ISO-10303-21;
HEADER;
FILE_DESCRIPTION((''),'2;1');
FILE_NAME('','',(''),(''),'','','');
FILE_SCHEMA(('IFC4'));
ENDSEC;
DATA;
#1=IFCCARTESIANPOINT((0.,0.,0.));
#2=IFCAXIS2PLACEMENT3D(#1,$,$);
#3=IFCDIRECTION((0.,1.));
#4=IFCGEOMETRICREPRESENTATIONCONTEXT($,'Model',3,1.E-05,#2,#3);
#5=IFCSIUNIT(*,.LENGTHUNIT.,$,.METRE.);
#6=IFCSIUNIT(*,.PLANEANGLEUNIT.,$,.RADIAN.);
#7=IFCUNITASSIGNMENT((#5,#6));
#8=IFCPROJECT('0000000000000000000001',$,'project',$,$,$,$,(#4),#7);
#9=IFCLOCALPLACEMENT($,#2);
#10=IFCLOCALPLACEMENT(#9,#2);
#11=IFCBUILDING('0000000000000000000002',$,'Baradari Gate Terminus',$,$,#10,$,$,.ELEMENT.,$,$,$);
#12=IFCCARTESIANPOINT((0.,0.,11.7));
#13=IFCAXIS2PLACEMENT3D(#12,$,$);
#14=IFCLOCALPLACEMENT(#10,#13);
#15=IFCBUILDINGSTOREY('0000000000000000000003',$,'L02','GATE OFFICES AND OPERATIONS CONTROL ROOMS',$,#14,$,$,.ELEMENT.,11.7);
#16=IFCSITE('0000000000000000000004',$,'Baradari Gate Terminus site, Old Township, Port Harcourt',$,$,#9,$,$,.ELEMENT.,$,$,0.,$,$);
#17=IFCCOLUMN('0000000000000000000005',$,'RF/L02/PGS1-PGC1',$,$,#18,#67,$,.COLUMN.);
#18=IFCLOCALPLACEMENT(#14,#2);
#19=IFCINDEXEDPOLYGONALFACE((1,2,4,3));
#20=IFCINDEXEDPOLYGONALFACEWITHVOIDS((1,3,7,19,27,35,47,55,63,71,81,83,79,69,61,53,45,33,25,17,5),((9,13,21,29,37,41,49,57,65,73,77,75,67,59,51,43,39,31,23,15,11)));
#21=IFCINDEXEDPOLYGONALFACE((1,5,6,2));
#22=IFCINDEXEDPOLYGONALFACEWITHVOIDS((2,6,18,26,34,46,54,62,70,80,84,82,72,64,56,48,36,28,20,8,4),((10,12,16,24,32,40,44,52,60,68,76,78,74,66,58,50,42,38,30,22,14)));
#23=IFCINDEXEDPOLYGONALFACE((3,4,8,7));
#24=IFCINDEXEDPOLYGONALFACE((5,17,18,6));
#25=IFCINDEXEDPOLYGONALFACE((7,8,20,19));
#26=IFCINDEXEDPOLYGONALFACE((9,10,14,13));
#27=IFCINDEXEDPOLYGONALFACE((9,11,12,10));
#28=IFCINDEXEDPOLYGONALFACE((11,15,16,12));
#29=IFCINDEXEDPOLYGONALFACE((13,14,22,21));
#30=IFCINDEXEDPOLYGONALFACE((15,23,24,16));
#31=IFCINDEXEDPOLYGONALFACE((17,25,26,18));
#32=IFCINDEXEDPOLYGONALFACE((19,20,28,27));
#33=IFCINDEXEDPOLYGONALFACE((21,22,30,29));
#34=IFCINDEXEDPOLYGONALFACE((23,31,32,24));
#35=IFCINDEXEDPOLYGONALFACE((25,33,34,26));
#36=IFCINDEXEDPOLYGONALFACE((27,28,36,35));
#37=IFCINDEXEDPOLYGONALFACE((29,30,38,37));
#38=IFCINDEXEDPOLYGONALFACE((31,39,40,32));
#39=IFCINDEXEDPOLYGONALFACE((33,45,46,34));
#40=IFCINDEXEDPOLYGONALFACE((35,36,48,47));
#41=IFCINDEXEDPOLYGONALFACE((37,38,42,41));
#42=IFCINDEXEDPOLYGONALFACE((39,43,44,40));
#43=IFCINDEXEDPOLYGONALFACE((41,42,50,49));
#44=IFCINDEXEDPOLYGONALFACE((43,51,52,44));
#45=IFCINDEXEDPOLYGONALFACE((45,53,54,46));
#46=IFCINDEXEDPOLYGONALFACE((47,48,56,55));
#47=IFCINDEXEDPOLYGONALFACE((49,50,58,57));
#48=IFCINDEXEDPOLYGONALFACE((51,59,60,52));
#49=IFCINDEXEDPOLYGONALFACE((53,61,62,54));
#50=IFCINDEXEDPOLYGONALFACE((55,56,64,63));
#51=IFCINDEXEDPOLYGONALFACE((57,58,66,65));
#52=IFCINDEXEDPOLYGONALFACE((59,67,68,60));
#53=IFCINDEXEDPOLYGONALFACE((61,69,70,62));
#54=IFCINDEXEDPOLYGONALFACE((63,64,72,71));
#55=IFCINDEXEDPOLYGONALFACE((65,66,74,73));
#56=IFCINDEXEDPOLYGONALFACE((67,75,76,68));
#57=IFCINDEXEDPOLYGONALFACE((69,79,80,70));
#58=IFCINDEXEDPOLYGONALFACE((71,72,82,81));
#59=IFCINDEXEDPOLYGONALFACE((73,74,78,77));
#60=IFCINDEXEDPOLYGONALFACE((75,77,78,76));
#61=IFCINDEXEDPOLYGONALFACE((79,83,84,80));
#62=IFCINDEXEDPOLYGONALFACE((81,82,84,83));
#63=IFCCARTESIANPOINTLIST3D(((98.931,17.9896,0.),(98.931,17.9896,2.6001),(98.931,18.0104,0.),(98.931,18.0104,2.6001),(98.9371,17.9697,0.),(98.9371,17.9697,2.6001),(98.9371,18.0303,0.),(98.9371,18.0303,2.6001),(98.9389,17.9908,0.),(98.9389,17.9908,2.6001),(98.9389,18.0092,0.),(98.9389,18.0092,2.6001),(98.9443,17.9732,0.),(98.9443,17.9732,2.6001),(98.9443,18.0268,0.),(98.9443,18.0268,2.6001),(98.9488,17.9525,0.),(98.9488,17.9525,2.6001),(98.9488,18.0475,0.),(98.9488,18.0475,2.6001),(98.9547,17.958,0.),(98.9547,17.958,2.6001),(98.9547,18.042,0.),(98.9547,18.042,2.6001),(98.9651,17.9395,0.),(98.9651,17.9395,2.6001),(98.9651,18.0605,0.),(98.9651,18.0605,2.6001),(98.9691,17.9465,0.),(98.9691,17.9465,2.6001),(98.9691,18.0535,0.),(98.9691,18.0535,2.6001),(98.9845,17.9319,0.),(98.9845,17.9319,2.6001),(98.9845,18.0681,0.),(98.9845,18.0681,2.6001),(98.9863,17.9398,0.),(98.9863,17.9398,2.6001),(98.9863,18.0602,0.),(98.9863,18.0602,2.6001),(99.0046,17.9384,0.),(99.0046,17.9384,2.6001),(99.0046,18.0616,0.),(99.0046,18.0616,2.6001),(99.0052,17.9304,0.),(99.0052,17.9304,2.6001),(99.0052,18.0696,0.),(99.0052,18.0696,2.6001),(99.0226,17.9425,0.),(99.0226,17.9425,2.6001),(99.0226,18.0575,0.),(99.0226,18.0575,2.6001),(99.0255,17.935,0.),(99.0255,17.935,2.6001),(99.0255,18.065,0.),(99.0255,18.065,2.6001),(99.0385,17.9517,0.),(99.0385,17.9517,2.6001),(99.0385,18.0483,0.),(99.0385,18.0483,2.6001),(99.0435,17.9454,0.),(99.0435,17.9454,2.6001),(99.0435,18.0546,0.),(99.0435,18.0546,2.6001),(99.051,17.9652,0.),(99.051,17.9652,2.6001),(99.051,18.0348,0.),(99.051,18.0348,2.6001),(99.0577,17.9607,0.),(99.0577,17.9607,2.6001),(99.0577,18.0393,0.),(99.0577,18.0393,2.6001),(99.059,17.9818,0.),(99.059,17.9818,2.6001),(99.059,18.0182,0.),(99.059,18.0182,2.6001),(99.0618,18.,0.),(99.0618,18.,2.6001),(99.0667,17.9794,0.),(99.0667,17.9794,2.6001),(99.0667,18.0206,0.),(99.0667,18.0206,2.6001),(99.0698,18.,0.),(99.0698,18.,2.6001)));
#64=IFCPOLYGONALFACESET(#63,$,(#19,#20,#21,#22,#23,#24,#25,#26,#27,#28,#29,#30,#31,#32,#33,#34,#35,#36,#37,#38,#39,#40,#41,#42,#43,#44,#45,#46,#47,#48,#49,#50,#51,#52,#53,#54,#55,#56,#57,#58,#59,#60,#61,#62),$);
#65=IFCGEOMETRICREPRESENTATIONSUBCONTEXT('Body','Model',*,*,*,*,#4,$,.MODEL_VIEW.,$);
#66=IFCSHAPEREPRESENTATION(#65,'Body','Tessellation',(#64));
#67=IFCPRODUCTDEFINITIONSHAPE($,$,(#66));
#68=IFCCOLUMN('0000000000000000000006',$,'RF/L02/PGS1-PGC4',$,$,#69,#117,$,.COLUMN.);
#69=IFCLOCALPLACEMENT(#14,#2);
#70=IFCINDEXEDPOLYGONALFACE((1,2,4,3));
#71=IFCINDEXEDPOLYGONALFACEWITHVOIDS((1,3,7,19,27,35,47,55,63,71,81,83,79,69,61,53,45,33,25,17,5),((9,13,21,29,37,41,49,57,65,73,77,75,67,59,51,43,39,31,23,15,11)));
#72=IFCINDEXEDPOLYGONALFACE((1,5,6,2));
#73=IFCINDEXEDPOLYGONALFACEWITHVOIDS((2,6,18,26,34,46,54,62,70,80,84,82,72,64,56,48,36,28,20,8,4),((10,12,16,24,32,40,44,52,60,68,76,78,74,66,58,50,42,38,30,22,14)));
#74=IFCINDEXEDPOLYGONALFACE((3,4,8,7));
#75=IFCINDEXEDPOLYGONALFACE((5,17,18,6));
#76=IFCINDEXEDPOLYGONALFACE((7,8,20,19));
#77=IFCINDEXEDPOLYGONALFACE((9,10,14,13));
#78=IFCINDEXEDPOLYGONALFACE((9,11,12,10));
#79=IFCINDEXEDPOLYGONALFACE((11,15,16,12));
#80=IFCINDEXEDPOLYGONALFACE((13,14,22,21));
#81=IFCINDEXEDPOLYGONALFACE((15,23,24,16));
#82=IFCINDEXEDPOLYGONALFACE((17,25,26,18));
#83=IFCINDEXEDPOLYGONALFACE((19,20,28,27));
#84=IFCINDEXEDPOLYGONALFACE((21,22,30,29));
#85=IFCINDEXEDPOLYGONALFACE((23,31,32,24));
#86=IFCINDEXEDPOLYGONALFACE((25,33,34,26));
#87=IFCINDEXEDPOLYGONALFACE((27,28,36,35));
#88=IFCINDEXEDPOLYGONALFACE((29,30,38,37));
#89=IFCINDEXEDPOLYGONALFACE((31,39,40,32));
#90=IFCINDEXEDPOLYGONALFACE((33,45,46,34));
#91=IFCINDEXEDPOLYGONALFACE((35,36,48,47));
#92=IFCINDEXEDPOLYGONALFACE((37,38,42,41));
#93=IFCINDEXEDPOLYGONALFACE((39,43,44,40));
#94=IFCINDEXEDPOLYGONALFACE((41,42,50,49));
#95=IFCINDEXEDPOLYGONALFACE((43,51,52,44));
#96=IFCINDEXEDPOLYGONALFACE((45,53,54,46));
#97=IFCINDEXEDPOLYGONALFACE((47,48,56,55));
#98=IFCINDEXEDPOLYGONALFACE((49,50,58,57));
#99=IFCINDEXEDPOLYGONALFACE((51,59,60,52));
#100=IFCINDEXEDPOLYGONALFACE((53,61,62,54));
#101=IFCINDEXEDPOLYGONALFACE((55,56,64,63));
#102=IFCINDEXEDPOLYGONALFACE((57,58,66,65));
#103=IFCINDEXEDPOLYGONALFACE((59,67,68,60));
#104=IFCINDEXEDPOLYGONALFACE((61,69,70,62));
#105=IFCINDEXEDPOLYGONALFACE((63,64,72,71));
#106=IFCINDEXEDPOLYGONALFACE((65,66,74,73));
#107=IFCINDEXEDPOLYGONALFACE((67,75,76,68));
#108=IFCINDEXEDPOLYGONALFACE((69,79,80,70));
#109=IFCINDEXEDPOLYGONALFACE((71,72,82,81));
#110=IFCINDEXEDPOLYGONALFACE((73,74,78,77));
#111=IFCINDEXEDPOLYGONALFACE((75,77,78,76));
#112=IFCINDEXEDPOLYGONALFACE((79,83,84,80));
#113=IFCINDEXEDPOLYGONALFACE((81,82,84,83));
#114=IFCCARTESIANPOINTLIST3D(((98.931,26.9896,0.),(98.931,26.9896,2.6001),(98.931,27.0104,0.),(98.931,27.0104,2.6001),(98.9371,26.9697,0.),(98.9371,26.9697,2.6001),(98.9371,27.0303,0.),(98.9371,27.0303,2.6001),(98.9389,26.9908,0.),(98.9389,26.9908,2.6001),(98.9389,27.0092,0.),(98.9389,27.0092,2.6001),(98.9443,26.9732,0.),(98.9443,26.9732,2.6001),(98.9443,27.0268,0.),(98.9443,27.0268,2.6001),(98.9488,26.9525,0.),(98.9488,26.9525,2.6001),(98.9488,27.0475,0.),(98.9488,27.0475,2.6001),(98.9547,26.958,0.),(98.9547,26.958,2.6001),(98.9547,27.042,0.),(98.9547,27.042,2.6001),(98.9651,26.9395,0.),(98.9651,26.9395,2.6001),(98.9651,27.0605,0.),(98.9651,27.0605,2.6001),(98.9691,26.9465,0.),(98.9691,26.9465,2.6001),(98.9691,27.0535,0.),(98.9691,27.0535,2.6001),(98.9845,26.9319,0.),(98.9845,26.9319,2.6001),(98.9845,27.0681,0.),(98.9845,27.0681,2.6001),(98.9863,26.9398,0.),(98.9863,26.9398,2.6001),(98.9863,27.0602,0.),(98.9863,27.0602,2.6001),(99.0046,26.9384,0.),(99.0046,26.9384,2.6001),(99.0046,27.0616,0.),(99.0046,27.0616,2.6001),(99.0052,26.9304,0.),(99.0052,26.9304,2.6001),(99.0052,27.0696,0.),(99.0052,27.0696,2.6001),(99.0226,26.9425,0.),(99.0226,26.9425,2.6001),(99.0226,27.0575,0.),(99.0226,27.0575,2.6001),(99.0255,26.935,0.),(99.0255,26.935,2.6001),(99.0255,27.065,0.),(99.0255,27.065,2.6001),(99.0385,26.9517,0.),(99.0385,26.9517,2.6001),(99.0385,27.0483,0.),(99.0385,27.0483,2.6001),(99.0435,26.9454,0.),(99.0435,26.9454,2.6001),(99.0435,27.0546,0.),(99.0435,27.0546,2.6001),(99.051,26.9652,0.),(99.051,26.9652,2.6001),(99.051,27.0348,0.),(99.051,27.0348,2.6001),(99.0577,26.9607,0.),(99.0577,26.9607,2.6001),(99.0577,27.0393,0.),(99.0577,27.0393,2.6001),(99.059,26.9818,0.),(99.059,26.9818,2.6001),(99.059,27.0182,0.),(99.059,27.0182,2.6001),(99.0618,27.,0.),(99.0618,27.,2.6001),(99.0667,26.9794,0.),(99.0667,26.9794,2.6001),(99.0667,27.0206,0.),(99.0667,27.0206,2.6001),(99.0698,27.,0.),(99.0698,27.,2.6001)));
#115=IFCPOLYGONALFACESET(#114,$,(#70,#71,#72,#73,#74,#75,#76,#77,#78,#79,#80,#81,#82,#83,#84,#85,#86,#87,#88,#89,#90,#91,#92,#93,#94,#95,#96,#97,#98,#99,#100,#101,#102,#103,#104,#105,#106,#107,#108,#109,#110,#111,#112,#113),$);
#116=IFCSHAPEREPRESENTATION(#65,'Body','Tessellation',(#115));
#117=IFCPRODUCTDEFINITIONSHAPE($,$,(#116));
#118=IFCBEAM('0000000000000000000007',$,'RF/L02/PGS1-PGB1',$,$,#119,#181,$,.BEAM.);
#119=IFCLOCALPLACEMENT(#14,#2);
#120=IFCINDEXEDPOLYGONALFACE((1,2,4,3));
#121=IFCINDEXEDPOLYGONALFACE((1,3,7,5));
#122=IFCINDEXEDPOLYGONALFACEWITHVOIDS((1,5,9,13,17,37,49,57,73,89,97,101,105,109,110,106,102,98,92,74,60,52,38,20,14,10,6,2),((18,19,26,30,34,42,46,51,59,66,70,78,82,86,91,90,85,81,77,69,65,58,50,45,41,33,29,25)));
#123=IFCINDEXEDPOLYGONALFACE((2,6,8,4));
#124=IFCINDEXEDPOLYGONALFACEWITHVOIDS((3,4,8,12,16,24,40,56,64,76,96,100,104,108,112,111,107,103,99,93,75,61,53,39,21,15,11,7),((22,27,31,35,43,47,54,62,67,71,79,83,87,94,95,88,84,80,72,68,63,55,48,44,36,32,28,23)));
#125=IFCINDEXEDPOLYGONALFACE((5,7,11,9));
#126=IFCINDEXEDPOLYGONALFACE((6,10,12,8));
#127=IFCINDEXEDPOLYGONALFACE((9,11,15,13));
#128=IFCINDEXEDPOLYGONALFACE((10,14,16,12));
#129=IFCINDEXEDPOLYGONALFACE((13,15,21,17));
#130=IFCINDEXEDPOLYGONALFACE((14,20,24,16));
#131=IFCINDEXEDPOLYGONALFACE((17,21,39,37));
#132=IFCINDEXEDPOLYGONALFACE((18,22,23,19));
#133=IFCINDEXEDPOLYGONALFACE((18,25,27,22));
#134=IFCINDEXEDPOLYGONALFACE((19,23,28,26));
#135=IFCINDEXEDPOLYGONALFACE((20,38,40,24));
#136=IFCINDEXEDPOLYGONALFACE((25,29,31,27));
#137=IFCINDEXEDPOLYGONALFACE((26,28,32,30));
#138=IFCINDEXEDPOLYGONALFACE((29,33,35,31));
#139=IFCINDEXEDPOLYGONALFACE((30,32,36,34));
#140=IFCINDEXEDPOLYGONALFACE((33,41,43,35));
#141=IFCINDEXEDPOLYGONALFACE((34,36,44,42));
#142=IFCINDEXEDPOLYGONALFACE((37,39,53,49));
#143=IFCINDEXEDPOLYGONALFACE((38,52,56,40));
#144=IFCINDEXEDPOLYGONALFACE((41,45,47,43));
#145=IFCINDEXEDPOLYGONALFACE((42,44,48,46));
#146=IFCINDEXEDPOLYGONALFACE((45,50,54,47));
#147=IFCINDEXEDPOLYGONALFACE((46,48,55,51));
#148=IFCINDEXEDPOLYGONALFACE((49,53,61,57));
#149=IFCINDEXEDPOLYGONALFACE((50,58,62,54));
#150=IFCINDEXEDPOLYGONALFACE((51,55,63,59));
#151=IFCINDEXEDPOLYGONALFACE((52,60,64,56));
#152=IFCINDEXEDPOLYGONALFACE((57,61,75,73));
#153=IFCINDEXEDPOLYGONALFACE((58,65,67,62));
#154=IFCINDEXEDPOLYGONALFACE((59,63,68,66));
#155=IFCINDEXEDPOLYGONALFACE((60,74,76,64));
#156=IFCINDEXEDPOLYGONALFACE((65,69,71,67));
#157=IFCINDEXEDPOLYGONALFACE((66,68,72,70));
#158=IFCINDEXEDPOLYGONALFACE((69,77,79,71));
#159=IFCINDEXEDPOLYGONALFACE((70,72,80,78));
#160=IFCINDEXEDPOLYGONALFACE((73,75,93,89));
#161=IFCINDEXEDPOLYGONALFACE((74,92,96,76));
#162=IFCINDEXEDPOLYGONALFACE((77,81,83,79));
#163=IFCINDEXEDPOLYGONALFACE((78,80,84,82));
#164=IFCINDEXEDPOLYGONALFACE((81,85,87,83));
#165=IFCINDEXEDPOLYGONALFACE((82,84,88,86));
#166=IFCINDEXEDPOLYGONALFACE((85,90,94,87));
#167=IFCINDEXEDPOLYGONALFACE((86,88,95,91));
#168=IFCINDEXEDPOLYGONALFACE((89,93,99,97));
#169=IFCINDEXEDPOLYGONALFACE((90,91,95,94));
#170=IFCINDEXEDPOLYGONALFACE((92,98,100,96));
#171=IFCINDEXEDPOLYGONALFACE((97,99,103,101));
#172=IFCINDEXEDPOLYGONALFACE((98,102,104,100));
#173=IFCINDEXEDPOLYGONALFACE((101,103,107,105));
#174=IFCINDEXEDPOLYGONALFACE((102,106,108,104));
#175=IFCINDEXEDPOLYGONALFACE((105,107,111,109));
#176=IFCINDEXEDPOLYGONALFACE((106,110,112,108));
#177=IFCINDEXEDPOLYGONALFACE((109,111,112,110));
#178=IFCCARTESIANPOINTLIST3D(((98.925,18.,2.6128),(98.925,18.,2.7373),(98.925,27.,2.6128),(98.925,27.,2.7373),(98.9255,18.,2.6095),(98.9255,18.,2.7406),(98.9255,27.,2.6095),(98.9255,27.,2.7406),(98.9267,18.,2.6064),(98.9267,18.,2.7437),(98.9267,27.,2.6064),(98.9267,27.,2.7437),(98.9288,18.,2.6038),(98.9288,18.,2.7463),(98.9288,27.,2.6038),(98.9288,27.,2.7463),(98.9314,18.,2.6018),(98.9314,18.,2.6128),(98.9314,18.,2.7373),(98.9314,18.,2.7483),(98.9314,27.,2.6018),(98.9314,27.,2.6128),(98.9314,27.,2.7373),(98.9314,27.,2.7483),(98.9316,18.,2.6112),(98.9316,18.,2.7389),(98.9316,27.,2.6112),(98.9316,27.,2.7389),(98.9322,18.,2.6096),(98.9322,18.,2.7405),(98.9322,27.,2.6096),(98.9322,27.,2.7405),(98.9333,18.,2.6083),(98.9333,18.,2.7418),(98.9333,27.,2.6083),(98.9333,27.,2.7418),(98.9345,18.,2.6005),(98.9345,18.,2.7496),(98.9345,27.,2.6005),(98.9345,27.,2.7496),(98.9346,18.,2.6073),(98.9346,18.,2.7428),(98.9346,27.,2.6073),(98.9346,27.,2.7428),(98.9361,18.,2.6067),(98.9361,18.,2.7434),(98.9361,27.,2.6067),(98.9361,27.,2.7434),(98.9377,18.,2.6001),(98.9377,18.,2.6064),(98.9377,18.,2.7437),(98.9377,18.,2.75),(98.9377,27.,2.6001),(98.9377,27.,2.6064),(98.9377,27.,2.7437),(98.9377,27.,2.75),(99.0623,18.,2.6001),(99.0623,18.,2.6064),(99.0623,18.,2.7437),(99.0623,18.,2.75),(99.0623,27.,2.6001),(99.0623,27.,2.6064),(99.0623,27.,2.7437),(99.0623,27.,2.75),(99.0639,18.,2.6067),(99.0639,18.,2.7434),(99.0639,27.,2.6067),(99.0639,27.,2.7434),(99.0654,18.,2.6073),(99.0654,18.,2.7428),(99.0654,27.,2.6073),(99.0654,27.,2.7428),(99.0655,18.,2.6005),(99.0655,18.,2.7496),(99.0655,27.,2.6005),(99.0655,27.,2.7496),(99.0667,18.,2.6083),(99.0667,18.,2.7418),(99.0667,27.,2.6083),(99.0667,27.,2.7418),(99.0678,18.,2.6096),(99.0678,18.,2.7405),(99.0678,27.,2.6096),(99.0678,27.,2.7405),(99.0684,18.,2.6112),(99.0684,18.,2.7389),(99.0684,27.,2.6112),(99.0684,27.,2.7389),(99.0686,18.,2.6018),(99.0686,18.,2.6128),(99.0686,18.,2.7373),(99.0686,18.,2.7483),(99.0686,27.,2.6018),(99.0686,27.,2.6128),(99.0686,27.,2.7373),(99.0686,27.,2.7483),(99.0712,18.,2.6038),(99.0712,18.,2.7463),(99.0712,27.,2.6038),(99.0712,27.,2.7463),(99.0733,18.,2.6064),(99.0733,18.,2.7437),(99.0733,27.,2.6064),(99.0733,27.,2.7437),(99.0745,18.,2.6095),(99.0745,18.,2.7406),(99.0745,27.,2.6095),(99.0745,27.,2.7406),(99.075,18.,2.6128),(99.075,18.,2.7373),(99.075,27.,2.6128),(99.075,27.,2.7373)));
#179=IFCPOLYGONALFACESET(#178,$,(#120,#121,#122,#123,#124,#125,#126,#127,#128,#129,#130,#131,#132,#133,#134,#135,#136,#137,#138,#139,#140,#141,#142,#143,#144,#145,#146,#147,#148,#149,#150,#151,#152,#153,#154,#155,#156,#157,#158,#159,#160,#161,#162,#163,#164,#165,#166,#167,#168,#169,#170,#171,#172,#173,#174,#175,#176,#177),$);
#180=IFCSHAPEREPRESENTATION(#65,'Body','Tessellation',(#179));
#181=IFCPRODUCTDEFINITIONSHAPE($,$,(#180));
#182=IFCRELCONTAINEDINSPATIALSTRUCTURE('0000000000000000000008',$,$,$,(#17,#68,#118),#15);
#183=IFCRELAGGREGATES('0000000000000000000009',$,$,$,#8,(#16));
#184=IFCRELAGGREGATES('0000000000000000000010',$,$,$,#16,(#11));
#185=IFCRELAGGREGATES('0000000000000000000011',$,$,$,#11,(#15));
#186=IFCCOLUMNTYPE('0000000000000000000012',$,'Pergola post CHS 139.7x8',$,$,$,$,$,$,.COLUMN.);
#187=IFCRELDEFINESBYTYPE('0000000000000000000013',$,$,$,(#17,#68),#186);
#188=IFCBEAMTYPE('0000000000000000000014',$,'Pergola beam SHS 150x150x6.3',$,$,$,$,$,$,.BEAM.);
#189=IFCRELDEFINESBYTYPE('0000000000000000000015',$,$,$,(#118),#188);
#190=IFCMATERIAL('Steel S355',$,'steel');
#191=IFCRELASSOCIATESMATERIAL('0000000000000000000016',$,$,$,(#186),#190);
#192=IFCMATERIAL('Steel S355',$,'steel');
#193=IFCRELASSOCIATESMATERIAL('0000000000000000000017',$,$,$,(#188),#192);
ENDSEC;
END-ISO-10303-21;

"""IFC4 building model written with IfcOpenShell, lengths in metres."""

from ifc_helpers import new_model, si_unit, direction, frame, origin, origin_2d, place, context, subcontext, project, spatial, hollow_rectangle, hollow_circle, extrude, material, material_profile, profile_set, type_object, element, save


model = new_model("IFC4")

# Units and contexts
model_context = context("Model", 3, precision=1e-05, world=origin(), true_north=direction((0.0, 1.0)))
body_context = subcontext(model_context, "Body", "Model", "MODEL_VIEW")
ifc_project = project(units=[si_unit("LENGTHUNIT", "METRE"), si_unit("PLANEANGLEUNIT", "RADIAN")], contexts=[model_context])

# Site, building, storey
site_placement = place(None, origin())
site = spatial("IfcSite", under=ifc_project, at=site_placement, Name="Baradari Gate Terminus site, Old Township, Port Harcourt", CompositionType="ELEMENT", RefElevation=0.0)
building_placement = place(site_placement, origin())
building = spatial("IfcBuilding", under=site, at=building_placement, Name="Baradari Gate Terminus", CompositionType="ELEMENT")
storey_placement = place(building_placement, frame((0.0, 0.0, 11.7)))
storey = spatial("IfcBuildingStorey", under=building, at=storey_placement, Name="L02", Description="GATE OFFICES AND OPERATIONS CONTROL ROOMS", CompositionType="ELEMENT", Elevation=11.7)

# Columns
ifc_material_1 = material(Name="Steel S355", Category="steel")
ifc_material_profile_1 = material_profile(ifc_material_1, hollow_circle(Radius=0.0698, WallThickness=0.0081, at=origin_2d()), Name="CHS 139.7x8")
ifc_profile_set_1 = profile_set([ifc_material_profile_1], Name="Steel S355")
column_type = type_object("IfcColumnType", Name="Pergola post CHS 139.7x8", PredefinedType="COLUMN", material=ifc_profile_set_1)
for number, where, z_axis, x_axis, name in (
    (1, (99.0, 18.0, 0.0), (0.0, 0.0, 1.0), (1.0, 0.0, 0.0), "RF/L02/PGS1-PGC1"),
    (2, (99.0, 27.0, 0.0), (0.0, 0.0, 1.0), (1.0, 0.0, 0.0), "RF/L02/PGS1-PGC4"),
):
    element("IfcColumn", number, at=place(storey_placement, frame(where, z_axis=z_axis, x_axis=x_axis)), inside=storey, type_object=column_type, Name=name, PredefinedType="COLUMN", context=body_context, shape_type="SweptSolid", body=[
        extrude(hollow_circle(Radius=0.0698, WallThickness=0.0081, at=origin_2d()), origin(), (0.0, 0.0, 1.0), 2.6001),
    ])

# Beam
ifc_material_2 = material(Name="Steel S355", Category="steel")
ifc_material_profile_2 = material_profile(ifc_material_2, hollow_rectangle(XDim=0.1499, YDim=0.1499, WallThickness=0.0063, InnerFilletRadius=0.0063, OuterFilletRadius=0.0127, at=origin_2d()), Name="SHS 150x150x6.3")
ifc_profile_set_2 = profile_set([ifc_material_profile_2], Name="Steel S355")
beam_type = type_object("IfcBeamType", Name="Pergola beam SHS 150x150x6.3", PredefinedType="BEAM", material=ifc_profile_set_2)
beam_placement = place(storey_placement, frame((99.0, 18.0, 2.675), z_axis=(0.0, 1.0, 0.0), x_axis=(-1.0, 0.0, 0.0)))
element("IfcBeam", 3, at=beam_placement, inside=storey, type_object=beam_type, Name="RF/L02/PGS1-PGB1", PredefinedType="BEAM", context=body_context, shape_type="SweptSolid", body=[
    extrude(hollow_rectangle(XDim=0.1499, YDim=0.1499, WallThickness=0.0063, InnerFilletRadius=0.0063, OuterFilletRadius=0.0127, at=origin_2d()), origin(), (0.0, 0.0, 1.0), 9.0),
])

save(model, "model.ifc")
